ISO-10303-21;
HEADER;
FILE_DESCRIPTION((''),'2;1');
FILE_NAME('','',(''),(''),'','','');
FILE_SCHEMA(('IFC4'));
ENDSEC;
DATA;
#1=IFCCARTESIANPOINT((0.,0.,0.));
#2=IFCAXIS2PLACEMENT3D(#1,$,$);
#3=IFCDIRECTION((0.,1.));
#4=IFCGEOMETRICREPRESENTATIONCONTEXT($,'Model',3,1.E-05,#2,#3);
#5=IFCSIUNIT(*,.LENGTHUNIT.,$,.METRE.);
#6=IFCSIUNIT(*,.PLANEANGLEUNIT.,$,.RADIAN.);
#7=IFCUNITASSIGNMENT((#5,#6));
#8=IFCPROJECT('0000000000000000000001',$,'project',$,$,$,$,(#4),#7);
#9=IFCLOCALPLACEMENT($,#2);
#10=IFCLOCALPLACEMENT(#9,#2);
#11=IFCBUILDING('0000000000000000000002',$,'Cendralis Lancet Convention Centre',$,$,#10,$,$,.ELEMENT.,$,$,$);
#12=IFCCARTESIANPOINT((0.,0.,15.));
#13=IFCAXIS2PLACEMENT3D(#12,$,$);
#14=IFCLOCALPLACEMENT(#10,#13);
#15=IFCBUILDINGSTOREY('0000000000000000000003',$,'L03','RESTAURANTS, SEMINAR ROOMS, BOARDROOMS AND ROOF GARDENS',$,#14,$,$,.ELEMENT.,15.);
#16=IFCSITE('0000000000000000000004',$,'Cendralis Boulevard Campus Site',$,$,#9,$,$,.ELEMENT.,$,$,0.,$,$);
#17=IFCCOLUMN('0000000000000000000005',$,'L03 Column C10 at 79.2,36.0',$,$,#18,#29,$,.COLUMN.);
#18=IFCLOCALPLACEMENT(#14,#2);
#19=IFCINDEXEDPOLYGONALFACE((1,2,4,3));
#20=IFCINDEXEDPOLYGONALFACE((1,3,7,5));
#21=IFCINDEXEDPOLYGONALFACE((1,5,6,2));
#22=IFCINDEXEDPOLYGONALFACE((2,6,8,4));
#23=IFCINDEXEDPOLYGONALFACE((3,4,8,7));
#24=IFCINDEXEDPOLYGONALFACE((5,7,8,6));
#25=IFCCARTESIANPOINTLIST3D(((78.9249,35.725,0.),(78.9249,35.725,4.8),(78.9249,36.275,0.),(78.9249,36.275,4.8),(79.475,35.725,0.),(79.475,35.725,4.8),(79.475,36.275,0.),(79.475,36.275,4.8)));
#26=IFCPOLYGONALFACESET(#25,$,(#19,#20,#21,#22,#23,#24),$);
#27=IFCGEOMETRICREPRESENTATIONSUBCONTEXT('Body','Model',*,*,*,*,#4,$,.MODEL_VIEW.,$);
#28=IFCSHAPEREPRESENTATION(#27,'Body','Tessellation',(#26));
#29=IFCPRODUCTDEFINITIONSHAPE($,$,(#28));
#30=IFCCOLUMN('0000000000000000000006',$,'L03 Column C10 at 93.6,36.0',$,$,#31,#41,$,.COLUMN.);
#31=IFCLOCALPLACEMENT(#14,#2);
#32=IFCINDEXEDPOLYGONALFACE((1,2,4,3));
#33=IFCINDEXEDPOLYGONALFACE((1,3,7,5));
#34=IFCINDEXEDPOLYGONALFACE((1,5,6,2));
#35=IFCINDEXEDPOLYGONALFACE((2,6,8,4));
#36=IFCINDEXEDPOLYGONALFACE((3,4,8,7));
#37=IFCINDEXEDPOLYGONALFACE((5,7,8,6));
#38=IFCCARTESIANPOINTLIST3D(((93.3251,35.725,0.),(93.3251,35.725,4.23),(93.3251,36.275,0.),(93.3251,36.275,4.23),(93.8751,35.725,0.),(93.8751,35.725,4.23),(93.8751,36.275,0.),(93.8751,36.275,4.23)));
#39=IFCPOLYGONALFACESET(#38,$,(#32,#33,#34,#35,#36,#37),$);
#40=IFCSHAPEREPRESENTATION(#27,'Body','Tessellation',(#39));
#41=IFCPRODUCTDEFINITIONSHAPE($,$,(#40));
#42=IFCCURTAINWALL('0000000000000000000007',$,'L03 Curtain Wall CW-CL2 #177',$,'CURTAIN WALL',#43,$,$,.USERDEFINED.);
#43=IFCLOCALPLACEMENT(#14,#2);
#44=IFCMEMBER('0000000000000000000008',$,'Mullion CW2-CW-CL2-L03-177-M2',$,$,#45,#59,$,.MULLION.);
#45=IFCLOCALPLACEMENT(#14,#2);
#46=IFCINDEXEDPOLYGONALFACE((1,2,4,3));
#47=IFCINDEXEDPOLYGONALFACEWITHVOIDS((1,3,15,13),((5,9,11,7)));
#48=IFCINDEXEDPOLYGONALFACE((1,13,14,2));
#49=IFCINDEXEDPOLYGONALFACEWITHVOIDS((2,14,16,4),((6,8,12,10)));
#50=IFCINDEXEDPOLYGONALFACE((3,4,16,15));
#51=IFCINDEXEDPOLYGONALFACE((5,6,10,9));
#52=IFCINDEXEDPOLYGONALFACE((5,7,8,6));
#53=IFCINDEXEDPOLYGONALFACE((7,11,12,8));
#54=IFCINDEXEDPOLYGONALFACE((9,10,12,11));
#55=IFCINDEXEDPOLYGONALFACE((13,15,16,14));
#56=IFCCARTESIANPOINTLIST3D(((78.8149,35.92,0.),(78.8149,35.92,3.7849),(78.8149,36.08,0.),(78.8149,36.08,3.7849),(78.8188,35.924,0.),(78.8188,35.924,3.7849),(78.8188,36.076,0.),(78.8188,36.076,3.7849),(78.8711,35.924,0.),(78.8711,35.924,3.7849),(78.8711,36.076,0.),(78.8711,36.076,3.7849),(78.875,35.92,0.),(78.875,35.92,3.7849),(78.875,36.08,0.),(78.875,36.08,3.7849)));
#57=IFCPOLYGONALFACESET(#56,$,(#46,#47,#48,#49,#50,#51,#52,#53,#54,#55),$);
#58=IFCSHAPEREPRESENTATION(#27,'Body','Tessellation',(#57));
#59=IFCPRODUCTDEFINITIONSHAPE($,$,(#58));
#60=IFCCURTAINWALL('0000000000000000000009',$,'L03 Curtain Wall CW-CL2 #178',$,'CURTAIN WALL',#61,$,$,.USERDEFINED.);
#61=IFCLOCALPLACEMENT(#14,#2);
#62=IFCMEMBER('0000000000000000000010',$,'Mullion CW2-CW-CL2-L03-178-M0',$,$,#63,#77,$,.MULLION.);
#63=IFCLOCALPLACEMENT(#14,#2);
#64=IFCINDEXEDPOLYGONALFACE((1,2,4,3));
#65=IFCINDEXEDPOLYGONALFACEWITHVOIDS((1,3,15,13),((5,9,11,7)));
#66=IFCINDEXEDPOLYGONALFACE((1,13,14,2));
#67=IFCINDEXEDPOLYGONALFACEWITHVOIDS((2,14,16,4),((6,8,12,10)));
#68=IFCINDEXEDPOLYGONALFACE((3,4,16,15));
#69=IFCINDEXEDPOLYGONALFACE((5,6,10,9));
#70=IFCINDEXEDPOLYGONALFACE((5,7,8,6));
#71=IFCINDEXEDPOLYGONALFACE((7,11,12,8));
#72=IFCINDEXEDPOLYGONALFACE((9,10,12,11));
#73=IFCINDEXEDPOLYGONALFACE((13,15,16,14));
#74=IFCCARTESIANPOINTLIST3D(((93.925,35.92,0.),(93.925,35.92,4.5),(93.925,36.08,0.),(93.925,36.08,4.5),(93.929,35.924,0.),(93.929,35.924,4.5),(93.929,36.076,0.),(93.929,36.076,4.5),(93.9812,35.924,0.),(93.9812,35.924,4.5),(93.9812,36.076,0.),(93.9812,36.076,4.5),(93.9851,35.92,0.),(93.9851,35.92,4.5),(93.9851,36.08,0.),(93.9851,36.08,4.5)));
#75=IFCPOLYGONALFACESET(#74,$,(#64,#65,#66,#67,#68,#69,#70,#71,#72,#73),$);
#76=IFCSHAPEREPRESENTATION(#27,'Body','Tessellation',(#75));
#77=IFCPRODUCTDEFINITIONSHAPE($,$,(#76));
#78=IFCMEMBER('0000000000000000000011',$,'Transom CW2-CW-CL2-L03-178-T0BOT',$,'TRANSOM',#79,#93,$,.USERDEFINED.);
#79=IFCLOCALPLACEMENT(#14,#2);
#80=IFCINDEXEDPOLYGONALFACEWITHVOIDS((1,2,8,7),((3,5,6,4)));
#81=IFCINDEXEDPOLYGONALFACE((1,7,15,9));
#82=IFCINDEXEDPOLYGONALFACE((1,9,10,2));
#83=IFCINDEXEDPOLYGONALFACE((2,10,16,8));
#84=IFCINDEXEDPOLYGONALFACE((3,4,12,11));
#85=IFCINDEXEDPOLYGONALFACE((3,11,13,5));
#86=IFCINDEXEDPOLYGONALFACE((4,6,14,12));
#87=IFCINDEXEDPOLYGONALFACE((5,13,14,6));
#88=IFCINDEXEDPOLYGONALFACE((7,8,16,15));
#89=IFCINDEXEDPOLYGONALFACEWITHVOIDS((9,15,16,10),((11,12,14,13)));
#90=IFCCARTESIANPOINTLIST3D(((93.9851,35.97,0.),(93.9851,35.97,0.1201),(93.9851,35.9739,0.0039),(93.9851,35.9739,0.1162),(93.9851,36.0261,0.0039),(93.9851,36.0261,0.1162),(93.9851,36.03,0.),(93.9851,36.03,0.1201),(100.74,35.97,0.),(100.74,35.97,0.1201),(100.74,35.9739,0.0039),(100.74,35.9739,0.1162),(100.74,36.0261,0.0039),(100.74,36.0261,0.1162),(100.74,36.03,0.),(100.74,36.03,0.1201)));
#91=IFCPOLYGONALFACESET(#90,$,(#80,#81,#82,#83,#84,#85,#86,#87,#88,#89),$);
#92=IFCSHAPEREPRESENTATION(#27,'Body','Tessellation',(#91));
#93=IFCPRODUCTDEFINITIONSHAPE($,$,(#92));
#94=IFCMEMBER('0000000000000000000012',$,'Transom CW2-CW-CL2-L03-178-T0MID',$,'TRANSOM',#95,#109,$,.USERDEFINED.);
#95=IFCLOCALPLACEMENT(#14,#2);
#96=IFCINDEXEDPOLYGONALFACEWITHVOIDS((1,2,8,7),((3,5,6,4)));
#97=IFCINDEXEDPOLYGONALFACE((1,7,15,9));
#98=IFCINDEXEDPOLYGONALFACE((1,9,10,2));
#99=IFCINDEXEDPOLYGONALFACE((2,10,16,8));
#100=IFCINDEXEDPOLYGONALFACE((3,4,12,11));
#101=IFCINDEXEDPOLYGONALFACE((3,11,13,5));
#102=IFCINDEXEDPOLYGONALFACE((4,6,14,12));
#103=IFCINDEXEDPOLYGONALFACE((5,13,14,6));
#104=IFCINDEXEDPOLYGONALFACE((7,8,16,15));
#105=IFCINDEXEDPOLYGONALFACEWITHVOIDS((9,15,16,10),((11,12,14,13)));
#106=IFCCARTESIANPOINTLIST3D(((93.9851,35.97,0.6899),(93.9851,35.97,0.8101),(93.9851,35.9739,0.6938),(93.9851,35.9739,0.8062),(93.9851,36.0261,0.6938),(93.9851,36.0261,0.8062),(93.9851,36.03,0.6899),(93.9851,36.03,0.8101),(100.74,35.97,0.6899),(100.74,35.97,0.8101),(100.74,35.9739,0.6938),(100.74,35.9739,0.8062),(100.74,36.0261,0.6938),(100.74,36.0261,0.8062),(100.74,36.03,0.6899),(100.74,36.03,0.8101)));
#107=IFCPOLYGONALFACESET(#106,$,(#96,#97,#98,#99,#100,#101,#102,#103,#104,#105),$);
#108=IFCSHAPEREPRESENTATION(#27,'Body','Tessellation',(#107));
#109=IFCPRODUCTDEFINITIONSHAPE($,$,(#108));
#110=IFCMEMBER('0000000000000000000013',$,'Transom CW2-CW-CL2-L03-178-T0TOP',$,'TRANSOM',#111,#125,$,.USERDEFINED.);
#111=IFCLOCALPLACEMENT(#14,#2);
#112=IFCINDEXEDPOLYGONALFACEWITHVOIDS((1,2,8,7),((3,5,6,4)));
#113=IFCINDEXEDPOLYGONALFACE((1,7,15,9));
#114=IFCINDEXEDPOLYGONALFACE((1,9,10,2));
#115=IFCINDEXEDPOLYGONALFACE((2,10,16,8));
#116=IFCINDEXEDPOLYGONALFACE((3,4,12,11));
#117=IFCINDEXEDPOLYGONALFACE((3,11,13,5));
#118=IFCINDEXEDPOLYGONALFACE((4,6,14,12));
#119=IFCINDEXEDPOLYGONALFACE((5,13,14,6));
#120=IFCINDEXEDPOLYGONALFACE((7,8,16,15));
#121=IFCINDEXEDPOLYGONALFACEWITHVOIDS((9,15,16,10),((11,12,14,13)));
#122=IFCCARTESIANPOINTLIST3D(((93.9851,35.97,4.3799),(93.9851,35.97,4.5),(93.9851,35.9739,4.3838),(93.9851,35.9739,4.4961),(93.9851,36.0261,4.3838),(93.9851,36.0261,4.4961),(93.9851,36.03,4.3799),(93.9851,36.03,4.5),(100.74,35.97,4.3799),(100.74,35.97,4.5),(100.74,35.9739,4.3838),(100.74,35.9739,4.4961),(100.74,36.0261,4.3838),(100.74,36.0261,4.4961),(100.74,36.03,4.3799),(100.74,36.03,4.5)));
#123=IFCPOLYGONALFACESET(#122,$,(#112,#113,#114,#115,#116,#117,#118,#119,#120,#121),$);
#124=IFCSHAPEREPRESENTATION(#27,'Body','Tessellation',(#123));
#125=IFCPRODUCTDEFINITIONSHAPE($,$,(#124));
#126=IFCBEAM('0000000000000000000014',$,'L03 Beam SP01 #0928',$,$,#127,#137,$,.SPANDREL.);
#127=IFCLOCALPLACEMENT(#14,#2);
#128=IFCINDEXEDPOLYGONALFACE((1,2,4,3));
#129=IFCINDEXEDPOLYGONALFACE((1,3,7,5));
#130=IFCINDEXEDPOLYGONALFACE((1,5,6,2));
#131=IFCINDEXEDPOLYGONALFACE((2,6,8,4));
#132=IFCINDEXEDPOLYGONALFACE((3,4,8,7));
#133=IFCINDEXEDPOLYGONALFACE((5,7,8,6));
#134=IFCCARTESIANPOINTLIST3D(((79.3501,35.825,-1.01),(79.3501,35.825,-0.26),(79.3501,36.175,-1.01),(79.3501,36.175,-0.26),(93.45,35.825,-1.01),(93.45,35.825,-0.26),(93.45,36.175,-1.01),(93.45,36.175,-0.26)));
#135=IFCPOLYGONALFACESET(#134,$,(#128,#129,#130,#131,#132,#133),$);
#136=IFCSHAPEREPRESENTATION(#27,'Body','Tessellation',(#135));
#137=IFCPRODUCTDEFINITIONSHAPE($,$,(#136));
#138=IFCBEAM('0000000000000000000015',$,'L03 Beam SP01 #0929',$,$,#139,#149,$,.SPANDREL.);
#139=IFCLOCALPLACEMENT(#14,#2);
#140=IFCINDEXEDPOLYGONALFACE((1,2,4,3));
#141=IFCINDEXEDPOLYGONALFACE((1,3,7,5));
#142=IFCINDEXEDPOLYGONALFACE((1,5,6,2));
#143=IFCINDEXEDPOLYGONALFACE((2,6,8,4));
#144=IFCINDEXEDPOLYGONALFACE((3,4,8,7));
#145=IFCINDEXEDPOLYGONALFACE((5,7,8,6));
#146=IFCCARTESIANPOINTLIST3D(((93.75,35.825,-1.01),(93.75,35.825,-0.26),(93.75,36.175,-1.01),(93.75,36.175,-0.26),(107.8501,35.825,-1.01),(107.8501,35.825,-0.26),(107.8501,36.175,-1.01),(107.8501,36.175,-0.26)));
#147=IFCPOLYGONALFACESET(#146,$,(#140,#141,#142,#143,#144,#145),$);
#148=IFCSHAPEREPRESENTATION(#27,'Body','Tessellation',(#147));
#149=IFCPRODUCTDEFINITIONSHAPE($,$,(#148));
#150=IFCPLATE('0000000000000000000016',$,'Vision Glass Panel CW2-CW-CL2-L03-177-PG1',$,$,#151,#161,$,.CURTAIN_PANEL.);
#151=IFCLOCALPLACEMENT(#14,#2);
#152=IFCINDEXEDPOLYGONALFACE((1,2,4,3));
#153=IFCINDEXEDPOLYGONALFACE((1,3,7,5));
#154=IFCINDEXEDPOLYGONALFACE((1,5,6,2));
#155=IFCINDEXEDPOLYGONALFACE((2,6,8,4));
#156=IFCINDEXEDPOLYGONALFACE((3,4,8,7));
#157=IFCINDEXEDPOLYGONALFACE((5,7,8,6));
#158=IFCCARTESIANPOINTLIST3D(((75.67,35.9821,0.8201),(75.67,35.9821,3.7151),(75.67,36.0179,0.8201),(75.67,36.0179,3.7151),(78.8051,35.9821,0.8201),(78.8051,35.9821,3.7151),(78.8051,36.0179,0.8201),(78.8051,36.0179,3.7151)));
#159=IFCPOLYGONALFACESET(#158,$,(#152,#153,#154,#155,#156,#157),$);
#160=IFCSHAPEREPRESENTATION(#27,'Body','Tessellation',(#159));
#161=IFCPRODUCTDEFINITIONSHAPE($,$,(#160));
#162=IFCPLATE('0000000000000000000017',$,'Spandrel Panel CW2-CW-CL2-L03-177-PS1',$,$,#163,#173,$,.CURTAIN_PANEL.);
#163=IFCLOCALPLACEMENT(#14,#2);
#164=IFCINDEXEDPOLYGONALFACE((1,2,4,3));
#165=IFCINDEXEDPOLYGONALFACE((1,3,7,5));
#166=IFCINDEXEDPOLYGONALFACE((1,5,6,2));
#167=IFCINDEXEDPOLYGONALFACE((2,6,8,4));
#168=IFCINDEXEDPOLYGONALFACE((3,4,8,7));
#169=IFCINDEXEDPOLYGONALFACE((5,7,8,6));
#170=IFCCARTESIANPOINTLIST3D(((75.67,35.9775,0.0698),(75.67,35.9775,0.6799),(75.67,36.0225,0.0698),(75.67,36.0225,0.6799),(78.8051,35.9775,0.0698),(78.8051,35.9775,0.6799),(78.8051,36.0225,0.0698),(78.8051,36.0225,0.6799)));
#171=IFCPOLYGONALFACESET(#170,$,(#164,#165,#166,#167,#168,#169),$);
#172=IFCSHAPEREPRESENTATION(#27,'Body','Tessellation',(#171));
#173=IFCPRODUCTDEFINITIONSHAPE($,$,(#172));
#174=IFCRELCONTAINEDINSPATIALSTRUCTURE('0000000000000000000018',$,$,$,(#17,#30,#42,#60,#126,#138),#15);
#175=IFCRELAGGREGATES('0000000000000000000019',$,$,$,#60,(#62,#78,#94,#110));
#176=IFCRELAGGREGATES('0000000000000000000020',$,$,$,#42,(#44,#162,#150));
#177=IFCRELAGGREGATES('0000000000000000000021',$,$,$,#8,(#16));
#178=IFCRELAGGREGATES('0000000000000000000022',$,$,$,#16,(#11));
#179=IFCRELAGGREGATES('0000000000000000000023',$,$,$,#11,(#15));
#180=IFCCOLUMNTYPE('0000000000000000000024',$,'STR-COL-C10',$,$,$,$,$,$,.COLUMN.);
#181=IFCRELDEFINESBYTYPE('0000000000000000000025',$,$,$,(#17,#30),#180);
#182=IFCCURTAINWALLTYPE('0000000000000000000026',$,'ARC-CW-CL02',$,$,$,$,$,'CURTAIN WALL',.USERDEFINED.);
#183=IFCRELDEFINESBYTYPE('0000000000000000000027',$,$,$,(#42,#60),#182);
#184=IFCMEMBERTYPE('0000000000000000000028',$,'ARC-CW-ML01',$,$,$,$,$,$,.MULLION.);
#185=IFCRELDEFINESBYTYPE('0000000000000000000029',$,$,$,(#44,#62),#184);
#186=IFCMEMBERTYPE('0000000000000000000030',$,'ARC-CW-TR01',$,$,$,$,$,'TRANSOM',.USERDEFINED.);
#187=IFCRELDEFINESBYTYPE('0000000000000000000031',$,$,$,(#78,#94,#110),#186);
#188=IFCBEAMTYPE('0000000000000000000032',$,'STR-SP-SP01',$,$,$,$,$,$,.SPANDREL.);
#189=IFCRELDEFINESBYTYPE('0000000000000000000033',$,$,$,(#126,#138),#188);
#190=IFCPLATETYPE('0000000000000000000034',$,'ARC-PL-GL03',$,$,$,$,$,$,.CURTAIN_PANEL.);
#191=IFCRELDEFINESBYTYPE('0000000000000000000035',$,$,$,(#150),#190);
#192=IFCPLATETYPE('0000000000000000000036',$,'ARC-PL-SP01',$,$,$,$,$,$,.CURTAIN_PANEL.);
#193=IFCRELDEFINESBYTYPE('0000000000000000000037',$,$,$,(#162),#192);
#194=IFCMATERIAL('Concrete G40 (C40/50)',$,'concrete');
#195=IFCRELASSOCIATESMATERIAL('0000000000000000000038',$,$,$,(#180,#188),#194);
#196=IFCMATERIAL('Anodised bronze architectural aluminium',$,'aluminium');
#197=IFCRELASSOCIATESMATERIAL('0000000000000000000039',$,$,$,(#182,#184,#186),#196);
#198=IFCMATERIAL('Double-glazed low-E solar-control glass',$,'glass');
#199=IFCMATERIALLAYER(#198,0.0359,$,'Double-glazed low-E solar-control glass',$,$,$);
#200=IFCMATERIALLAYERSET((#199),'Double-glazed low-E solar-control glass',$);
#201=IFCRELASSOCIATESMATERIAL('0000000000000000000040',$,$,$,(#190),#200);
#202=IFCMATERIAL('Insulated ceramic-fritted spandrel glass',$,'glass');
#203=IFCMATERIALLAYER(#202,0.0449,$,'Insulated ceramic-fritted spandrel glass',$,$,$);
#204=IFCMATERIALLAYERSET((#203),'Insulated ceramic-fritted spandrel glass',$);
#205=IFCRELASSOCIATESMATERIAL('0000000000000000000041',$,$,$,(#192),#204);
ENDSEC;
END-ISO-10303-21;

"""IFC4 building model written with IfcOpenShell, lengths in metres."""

from ifc_helpers import new_model, si_unit, direction, frame, origin, origin_2d, place, context, subcontext, project, spatial, rectangle, hollow_rectangle, extrude, material, layer, layer_set, material_profile, profile_set, type_object, element, aggregate, save


model = new_model("IFC4")

# Units and contexts
model_context = context("Model", 3, precision=1e-05, world=origin(), true_north=direction((0.0, 1.0)))
body_context = subcontext(model_context, "Body", "Model", "MODEL_VIEW")
ifc_project = project(units=[si_unit("LENGTHUNIT", "METRE"), si_unit("PLANEANGLEUNIT", "RADIAN")], contexts=[model_context])

# Site, building, storey
site_placement = place(None, origin())
site = spatial("IfcSite", under=ifc_project, at=site_placement, Name="Cendralis Boulevard Campus Site", CompositionType="ELEMENT", RefElevation=0.0)
building_placement = place(site_placement, origin())
building = spatial("IfcBuilding", under=site, at=building_placement, Name="Cendralis Lancet Convention Centre", CompositionType="ELEMENT")
storey_placement = place(building_placement, frame((0.0, 0.0, 15.0)))
storey = spatial("IfcBuildingStorey", under=building, at=storey_placement, Name="L03", Description="RESTAURANTS, SEMINAR ROOMS, BOARDROOMS AND ROOF GARDENS", CompositionType="ELEMENT", Elevation=15.0)

# Columns
ifc_material_1 = material(Name="Concrete G40 (C40/50)", Category="concrete")
ifc_material_profile_1 = material_profile(ifc_material_1, rectangle(XDim=0.55, YDim=0.55, at=origin_2d()), Name="RC 550x550")
ifc_profile_set_1 = profile_set([ifc_material_profile_1], Name="Concrete G40 (C40/50)")
column_type = type_object("IfcColumnType", Name="STR-COL-C10", PredefinedType="COLUMN", material=ifc_profile_set_1)
column_1_placement = place(storey_placement, frame((79.2, 36.0, 0.0), z_axis=(0.0, 0.0, 1.0), x_axis=(1.0, 0.0, 0.0)))
element("IfcColumn", 1, at=column_1_placement, inside=storey, type_object=column_type, Name="L03 Column C10 at 79.2,36.0", PredefinedType="COLUMN", context=body_context, shape_type="SweptSolid", body=[
    extrude(rectangle(XDim=0.55, YDim=0.55, at=origin_2d()), origin(), (0.0, 0.0, 1.0), 4.8),
])
column_2_placement = place(storey_placement, frame((93.6001, 36.0, 0.0), z_axis=(0.0, 0.0, 1.0), x_axis=(1.0, 0.0, 0.0)))
element("IfcColumn", 2, at=column_2_placement, inside=storey, type_object=column_type, Name="L03 Column C10 at 93.6,36.0", PredefinedType="COLUMN", context=body_context, shape_type="SweptSolid", body=[
    extrude(rectangle(XDim=0.55, YDim=0.55, at=origin_2d()), origin(), (0.0, 0.0, 1.0), 4.23),
])

# Curtain wall, member
ifc_material_2 = material(Name="Anodised bronze architectural aluminium", Category="aluminium")
curtain_wall_type = type_object("IfcCurtainWallType", Name="ARC-CW-CL02", ElementType="CURTAIN WALL", PredefinedType="USERDEFINED", material=ifc_material_2)
curtain_wall_1_placement = place(storey_placement, origin())
curtain_wall_1 = element("IfcCurtainWall", 3, at=curtain_wall_1_placement, inside=storey, type_object=curtain_wall_type, Name="L03 Curtain Wall CW-CL2 #177", ObjectType="CURTAIN WALL", PredefinedType="USERDEFINED")
ifc_material_profile_2 = material_profile(ifc_material_2, hollow_rectangle(XDim=0.0601, YDim=0.1599, WallThickness=0.0039, at=origin_2d()), Name="AL-MULL 60x160x4.0")
ifc_profile_set_2 = profile_set([ifc_material_profile_2], Name="Anodised bronze architectural aluminium")
member_type_1 = type_object("IfcMemberType", Name="ARC-CW-ML01", PredefinedType="MULLION", material=ifc_profile_set_2)
member_1_placement = place(storey_placement, frame((78.845, 36.0, 0.0), z_axis=(0.0, 0.0, 1.0), x_axis=(1.0, 0.0, 0.0)))
member_1 = element("IfcMember", 4, at=member_1_placement, type_object=member_type_1, Name="Mullion CW2-CW-CL2-L03-177-M2", PredefinedType="MULLION", context=body_context, shape_type="SweptSolid", body=[
    extrude(hollow_rectangle(XDim=0.0601, YDim=0.1599, WallThickness=0.0039, at=origin_2d()), origin(), (0.0, 0.0, 1.0), 3.7849),
])

# Curtain wall, members
curtain_wall_2_placement = place(storey_placement, origin())
curtain_wall_2 = element("IfcCurtainWall", 5, at=curtain_wall_2_placement, inside=storey, type_object=curtain_wall_type, Name="L03 Curtain Wall CW-CL2 #178", ObjectType="CURTAIN WALL", PredefinedType="USERDEFINED")
member_2_placement = place(storey_placement, frame((93.9551, 36.0, 0.0), z_axis=(0.0, 0.0, 1.0), x_axis=(1.0, 0.0, 0.0)))
member_2 = element("IfcMember", 6, at=member_2_placement, type_object=member_type_1, Name="Mullion CW2-CW-CL2-L03-178-M0", PredefinedType="MULLION", context=body_context, shape_type="SweptSolid", body=[
    extrude(hollow_rectangle(XDim=0.0601, YDim=0.1599, WallThickness=0.0039, at=origin_2d()), origin(), (0.0, 0.0, 1.0), 4.5),
])
ifc_material_profile_3 = material_profile(ifc_material_2, hollow_rectangle(XDim=0.0601, YDim=0.1201, WallThickness=0.0039, at=origin_2d()), Name="AL-TRAN 60x120x4.0")
ifc_profile_set_3 = profile_set([ifc_material_profile_3], Name="Anodised bronze architectural aluminium")
member_type_2 = type_object("IfcMemberType", Name="ARC-CW-TR01", ElementType="TRANSOM", PredefinedType="USERDEFINED", material=ifc_profile_set_3)
member_3_placement = place(storey_placement, frame((93.9851, 36.0, 0.0601), z_axis=(1.0, 0.0, 0.0), x_axis=(0.0, 1.0, 0.0)))
member_3 = element("IfcMember", 7, at=member_3_placement, type_object=member_type_2, Name="Transom CW2-CW-CL2-L03-178-T0BOT", ObjectType="TRANSOM", PredefinedType="USERDEFINED", context=body_context, shape_type="SweptSolid", body=[
    extrude(hollow_rectangle(XDim=0.0601, YDim=0.1201, WallThickness=0.0039, at=origin_2d()), origin(), (0.0, 0.0, 1.0), 6.7549),
])
member_4_placement = place(storey_placement, frame((93.9851, 36.0, 0.75), z_axis=(1.0, 0.0, 0.0), x_axis=(0.0, 1.0, 0.0)))
member_4 = element("IfcMember", 8, at=member_4_placement, type_object=member_type_2, Name="Transom CW2-CW-CL2-L03-178-T0MID", ObjectType="TRANSOM", PredefinedType="USERDEFINED", context=body_context, shape_type="SweptSolid", body=[
    extrude(hollow_rectangle(XDim=0.0601, YDim=0.1201, WallThickness=0.0039, at=origin_2d()), origin(), (0.0, 0.0, 1.0), 6.7549),
])
member_5_placement = place(storey_placement, frame((93.9851, 36.0, 4.4399), z_axis=(1.0, 0.0, 0.0), x_axis=(0.0, 1.0, 0.0)))
member_5 = element("IfcMember", 9, at=member_5_placement, type_object=member_type_2, Name="Transom CW2-CW-CL2-L03-178-T0TOP", ObjectType="TRANSOM", PredefinedType="USERDEFINED", context=body_context, shape_type="SweptSolid", body=[
    extrude(hollow_rectangle(XDim=0.0601, YDim=0.1201, WallThickness=0.0039, at=origin_2d()), origin(), (0.0, 0.0, 1.0), 6.7549),
])
aggregate(curtain_wall_2, [member_2, member_3, member_4, member_5])

# Beams
ifc_material_profile_4 = material_profile(ifc_material_1, rectangle(XDim=0.3501, YDim=0.75, at=origin_2d()), Name="RCB 350x750")
ifc_profile_set_4 = profile_set([ifc_material_profile_4], Name="Concrete G40 (C40/50)")
beam_type = type_object("IfcBeamType", Name="STR-SP-SP01", PredefinedType="SPANDREL", material=ifc_profile_set_4)
beam_1_placement = place(storey_placement, frame((79.3501, 36.0, -0.635), z_axis=(1.0, 0.0, 0.0), x_axis=(0.0, 1.0, 0.0)))
element("IfcBeam", 10, at=beam_1_placement, inside=storey, type_object=beam_type, Name="L03 Beam SP01 #0928", PredefinedType="SPANDREL", context=body_context, shape_type="SweptSolid", body=[
    extrude(rectangle(XDim=0.3501, YDim=0.75, at=origin_2d()), origin(), (0.0, 0.0, 1.0), 14.0999),
])
beam_2_placement = place(storey_placement, frame((93.75, 36.0, -0.635), z_axis=(1.0, 0.0, 0.0), x_axis=(0.0, 1.0, 0.0)))
element("IfcBeam", 11, at=beam_2_placement, inside=storey, type_object=beam_type, Name="L03 Beam SP01 #0929", PredefinedType="SPANDREL", context=body_context, shape_type="SweptSolid", body=[
    extrude(rectangle(XDim=0.3501, YDim=0.75, at=origin_2d()), origin(), (0.0, 0.0, 1.0), 14.1001),
])

# Plates
ifc_material_3 = material(Name="Double-glazed low-E solar-control glass", Category="glass")
ifc_layer_1 = layer(ifc_material_3, 0.0359, Name="Double-glazed low-E solar-control glass")
ifc_layer_set_1 = layer_set([ifc_layer_1], Name="Double-glazed low-E solar-control glass")
plate_type_1 = type_object("IfcPlateType", Name="ARC-PL-GL03", PredefinedType="CURTAIN_PANEL", material=ifc_layer_set_1)
plate_1_placement = place(storey_placement, frame((77.2375, 36.0, 0.8201), z_axis=(0.0, 0.0, 1.0), x_axis=(1.0, 0.0, 0.0)))
plate_1 = element("IfcPlate", 12, at=plate_1_placement, type_object=plate_type_1, Name="Vision Glass Panel CW2-CW-CL2-L03-177-PG1", PredefinedType="CURTAIN_PANEL", context=body_context, shape_type="SweptSolid", body=[
    extrude(rectangle(XDim=3.135, YDim=0.0359, at=origin_2d()), origin(), (0.0, 0.0, 1.0), 2.895),
])
ifc_material_4 = material(Name="Insulated ceramic-fritted spandrel glass", Category="glass")
ifc_layer_2 = layer(ifc_material_4, 0.0449, Name="Insulated ceramic-fritted spandrel glass")
ifc_layer_set_2 = layer_set([ifc_layer_2], Name="Insulated ceramic-fritted spandrel glass")
plate_type_2 = type_object("IfcPlateType", Name="ARC-PL-SP01", PredefinedType="CURTAIN_PANEL", material=ifc_layer_set_2)
plate_2_placement = place(storey_placement, frame((77.2375, 36.0, 0.0698), z_axis=(0.0, 0.0, 1.0), x_axis=(1.0, 0.0, 0.0)))
plate_2 = element("IfcPlate", 13, at=plate_2_placement, type_object=plate_type_2, Name="Spandrel Panel CW2-CW-CL2-L03-177-PS1", PredefinedType="CURTAIN_PANEL", context=body_context, shape_type="SweptSolid", body=[
    extrude(rectangle(XDim=3.135, YDim=0.0449, at=origin_2d()), origin(), (0.0, 0.0, 1.0), 0.6101),
])
aggregate(curtain_wall_1, [member_1, plate_2, plate_1])

save(model, "model.ifc")
